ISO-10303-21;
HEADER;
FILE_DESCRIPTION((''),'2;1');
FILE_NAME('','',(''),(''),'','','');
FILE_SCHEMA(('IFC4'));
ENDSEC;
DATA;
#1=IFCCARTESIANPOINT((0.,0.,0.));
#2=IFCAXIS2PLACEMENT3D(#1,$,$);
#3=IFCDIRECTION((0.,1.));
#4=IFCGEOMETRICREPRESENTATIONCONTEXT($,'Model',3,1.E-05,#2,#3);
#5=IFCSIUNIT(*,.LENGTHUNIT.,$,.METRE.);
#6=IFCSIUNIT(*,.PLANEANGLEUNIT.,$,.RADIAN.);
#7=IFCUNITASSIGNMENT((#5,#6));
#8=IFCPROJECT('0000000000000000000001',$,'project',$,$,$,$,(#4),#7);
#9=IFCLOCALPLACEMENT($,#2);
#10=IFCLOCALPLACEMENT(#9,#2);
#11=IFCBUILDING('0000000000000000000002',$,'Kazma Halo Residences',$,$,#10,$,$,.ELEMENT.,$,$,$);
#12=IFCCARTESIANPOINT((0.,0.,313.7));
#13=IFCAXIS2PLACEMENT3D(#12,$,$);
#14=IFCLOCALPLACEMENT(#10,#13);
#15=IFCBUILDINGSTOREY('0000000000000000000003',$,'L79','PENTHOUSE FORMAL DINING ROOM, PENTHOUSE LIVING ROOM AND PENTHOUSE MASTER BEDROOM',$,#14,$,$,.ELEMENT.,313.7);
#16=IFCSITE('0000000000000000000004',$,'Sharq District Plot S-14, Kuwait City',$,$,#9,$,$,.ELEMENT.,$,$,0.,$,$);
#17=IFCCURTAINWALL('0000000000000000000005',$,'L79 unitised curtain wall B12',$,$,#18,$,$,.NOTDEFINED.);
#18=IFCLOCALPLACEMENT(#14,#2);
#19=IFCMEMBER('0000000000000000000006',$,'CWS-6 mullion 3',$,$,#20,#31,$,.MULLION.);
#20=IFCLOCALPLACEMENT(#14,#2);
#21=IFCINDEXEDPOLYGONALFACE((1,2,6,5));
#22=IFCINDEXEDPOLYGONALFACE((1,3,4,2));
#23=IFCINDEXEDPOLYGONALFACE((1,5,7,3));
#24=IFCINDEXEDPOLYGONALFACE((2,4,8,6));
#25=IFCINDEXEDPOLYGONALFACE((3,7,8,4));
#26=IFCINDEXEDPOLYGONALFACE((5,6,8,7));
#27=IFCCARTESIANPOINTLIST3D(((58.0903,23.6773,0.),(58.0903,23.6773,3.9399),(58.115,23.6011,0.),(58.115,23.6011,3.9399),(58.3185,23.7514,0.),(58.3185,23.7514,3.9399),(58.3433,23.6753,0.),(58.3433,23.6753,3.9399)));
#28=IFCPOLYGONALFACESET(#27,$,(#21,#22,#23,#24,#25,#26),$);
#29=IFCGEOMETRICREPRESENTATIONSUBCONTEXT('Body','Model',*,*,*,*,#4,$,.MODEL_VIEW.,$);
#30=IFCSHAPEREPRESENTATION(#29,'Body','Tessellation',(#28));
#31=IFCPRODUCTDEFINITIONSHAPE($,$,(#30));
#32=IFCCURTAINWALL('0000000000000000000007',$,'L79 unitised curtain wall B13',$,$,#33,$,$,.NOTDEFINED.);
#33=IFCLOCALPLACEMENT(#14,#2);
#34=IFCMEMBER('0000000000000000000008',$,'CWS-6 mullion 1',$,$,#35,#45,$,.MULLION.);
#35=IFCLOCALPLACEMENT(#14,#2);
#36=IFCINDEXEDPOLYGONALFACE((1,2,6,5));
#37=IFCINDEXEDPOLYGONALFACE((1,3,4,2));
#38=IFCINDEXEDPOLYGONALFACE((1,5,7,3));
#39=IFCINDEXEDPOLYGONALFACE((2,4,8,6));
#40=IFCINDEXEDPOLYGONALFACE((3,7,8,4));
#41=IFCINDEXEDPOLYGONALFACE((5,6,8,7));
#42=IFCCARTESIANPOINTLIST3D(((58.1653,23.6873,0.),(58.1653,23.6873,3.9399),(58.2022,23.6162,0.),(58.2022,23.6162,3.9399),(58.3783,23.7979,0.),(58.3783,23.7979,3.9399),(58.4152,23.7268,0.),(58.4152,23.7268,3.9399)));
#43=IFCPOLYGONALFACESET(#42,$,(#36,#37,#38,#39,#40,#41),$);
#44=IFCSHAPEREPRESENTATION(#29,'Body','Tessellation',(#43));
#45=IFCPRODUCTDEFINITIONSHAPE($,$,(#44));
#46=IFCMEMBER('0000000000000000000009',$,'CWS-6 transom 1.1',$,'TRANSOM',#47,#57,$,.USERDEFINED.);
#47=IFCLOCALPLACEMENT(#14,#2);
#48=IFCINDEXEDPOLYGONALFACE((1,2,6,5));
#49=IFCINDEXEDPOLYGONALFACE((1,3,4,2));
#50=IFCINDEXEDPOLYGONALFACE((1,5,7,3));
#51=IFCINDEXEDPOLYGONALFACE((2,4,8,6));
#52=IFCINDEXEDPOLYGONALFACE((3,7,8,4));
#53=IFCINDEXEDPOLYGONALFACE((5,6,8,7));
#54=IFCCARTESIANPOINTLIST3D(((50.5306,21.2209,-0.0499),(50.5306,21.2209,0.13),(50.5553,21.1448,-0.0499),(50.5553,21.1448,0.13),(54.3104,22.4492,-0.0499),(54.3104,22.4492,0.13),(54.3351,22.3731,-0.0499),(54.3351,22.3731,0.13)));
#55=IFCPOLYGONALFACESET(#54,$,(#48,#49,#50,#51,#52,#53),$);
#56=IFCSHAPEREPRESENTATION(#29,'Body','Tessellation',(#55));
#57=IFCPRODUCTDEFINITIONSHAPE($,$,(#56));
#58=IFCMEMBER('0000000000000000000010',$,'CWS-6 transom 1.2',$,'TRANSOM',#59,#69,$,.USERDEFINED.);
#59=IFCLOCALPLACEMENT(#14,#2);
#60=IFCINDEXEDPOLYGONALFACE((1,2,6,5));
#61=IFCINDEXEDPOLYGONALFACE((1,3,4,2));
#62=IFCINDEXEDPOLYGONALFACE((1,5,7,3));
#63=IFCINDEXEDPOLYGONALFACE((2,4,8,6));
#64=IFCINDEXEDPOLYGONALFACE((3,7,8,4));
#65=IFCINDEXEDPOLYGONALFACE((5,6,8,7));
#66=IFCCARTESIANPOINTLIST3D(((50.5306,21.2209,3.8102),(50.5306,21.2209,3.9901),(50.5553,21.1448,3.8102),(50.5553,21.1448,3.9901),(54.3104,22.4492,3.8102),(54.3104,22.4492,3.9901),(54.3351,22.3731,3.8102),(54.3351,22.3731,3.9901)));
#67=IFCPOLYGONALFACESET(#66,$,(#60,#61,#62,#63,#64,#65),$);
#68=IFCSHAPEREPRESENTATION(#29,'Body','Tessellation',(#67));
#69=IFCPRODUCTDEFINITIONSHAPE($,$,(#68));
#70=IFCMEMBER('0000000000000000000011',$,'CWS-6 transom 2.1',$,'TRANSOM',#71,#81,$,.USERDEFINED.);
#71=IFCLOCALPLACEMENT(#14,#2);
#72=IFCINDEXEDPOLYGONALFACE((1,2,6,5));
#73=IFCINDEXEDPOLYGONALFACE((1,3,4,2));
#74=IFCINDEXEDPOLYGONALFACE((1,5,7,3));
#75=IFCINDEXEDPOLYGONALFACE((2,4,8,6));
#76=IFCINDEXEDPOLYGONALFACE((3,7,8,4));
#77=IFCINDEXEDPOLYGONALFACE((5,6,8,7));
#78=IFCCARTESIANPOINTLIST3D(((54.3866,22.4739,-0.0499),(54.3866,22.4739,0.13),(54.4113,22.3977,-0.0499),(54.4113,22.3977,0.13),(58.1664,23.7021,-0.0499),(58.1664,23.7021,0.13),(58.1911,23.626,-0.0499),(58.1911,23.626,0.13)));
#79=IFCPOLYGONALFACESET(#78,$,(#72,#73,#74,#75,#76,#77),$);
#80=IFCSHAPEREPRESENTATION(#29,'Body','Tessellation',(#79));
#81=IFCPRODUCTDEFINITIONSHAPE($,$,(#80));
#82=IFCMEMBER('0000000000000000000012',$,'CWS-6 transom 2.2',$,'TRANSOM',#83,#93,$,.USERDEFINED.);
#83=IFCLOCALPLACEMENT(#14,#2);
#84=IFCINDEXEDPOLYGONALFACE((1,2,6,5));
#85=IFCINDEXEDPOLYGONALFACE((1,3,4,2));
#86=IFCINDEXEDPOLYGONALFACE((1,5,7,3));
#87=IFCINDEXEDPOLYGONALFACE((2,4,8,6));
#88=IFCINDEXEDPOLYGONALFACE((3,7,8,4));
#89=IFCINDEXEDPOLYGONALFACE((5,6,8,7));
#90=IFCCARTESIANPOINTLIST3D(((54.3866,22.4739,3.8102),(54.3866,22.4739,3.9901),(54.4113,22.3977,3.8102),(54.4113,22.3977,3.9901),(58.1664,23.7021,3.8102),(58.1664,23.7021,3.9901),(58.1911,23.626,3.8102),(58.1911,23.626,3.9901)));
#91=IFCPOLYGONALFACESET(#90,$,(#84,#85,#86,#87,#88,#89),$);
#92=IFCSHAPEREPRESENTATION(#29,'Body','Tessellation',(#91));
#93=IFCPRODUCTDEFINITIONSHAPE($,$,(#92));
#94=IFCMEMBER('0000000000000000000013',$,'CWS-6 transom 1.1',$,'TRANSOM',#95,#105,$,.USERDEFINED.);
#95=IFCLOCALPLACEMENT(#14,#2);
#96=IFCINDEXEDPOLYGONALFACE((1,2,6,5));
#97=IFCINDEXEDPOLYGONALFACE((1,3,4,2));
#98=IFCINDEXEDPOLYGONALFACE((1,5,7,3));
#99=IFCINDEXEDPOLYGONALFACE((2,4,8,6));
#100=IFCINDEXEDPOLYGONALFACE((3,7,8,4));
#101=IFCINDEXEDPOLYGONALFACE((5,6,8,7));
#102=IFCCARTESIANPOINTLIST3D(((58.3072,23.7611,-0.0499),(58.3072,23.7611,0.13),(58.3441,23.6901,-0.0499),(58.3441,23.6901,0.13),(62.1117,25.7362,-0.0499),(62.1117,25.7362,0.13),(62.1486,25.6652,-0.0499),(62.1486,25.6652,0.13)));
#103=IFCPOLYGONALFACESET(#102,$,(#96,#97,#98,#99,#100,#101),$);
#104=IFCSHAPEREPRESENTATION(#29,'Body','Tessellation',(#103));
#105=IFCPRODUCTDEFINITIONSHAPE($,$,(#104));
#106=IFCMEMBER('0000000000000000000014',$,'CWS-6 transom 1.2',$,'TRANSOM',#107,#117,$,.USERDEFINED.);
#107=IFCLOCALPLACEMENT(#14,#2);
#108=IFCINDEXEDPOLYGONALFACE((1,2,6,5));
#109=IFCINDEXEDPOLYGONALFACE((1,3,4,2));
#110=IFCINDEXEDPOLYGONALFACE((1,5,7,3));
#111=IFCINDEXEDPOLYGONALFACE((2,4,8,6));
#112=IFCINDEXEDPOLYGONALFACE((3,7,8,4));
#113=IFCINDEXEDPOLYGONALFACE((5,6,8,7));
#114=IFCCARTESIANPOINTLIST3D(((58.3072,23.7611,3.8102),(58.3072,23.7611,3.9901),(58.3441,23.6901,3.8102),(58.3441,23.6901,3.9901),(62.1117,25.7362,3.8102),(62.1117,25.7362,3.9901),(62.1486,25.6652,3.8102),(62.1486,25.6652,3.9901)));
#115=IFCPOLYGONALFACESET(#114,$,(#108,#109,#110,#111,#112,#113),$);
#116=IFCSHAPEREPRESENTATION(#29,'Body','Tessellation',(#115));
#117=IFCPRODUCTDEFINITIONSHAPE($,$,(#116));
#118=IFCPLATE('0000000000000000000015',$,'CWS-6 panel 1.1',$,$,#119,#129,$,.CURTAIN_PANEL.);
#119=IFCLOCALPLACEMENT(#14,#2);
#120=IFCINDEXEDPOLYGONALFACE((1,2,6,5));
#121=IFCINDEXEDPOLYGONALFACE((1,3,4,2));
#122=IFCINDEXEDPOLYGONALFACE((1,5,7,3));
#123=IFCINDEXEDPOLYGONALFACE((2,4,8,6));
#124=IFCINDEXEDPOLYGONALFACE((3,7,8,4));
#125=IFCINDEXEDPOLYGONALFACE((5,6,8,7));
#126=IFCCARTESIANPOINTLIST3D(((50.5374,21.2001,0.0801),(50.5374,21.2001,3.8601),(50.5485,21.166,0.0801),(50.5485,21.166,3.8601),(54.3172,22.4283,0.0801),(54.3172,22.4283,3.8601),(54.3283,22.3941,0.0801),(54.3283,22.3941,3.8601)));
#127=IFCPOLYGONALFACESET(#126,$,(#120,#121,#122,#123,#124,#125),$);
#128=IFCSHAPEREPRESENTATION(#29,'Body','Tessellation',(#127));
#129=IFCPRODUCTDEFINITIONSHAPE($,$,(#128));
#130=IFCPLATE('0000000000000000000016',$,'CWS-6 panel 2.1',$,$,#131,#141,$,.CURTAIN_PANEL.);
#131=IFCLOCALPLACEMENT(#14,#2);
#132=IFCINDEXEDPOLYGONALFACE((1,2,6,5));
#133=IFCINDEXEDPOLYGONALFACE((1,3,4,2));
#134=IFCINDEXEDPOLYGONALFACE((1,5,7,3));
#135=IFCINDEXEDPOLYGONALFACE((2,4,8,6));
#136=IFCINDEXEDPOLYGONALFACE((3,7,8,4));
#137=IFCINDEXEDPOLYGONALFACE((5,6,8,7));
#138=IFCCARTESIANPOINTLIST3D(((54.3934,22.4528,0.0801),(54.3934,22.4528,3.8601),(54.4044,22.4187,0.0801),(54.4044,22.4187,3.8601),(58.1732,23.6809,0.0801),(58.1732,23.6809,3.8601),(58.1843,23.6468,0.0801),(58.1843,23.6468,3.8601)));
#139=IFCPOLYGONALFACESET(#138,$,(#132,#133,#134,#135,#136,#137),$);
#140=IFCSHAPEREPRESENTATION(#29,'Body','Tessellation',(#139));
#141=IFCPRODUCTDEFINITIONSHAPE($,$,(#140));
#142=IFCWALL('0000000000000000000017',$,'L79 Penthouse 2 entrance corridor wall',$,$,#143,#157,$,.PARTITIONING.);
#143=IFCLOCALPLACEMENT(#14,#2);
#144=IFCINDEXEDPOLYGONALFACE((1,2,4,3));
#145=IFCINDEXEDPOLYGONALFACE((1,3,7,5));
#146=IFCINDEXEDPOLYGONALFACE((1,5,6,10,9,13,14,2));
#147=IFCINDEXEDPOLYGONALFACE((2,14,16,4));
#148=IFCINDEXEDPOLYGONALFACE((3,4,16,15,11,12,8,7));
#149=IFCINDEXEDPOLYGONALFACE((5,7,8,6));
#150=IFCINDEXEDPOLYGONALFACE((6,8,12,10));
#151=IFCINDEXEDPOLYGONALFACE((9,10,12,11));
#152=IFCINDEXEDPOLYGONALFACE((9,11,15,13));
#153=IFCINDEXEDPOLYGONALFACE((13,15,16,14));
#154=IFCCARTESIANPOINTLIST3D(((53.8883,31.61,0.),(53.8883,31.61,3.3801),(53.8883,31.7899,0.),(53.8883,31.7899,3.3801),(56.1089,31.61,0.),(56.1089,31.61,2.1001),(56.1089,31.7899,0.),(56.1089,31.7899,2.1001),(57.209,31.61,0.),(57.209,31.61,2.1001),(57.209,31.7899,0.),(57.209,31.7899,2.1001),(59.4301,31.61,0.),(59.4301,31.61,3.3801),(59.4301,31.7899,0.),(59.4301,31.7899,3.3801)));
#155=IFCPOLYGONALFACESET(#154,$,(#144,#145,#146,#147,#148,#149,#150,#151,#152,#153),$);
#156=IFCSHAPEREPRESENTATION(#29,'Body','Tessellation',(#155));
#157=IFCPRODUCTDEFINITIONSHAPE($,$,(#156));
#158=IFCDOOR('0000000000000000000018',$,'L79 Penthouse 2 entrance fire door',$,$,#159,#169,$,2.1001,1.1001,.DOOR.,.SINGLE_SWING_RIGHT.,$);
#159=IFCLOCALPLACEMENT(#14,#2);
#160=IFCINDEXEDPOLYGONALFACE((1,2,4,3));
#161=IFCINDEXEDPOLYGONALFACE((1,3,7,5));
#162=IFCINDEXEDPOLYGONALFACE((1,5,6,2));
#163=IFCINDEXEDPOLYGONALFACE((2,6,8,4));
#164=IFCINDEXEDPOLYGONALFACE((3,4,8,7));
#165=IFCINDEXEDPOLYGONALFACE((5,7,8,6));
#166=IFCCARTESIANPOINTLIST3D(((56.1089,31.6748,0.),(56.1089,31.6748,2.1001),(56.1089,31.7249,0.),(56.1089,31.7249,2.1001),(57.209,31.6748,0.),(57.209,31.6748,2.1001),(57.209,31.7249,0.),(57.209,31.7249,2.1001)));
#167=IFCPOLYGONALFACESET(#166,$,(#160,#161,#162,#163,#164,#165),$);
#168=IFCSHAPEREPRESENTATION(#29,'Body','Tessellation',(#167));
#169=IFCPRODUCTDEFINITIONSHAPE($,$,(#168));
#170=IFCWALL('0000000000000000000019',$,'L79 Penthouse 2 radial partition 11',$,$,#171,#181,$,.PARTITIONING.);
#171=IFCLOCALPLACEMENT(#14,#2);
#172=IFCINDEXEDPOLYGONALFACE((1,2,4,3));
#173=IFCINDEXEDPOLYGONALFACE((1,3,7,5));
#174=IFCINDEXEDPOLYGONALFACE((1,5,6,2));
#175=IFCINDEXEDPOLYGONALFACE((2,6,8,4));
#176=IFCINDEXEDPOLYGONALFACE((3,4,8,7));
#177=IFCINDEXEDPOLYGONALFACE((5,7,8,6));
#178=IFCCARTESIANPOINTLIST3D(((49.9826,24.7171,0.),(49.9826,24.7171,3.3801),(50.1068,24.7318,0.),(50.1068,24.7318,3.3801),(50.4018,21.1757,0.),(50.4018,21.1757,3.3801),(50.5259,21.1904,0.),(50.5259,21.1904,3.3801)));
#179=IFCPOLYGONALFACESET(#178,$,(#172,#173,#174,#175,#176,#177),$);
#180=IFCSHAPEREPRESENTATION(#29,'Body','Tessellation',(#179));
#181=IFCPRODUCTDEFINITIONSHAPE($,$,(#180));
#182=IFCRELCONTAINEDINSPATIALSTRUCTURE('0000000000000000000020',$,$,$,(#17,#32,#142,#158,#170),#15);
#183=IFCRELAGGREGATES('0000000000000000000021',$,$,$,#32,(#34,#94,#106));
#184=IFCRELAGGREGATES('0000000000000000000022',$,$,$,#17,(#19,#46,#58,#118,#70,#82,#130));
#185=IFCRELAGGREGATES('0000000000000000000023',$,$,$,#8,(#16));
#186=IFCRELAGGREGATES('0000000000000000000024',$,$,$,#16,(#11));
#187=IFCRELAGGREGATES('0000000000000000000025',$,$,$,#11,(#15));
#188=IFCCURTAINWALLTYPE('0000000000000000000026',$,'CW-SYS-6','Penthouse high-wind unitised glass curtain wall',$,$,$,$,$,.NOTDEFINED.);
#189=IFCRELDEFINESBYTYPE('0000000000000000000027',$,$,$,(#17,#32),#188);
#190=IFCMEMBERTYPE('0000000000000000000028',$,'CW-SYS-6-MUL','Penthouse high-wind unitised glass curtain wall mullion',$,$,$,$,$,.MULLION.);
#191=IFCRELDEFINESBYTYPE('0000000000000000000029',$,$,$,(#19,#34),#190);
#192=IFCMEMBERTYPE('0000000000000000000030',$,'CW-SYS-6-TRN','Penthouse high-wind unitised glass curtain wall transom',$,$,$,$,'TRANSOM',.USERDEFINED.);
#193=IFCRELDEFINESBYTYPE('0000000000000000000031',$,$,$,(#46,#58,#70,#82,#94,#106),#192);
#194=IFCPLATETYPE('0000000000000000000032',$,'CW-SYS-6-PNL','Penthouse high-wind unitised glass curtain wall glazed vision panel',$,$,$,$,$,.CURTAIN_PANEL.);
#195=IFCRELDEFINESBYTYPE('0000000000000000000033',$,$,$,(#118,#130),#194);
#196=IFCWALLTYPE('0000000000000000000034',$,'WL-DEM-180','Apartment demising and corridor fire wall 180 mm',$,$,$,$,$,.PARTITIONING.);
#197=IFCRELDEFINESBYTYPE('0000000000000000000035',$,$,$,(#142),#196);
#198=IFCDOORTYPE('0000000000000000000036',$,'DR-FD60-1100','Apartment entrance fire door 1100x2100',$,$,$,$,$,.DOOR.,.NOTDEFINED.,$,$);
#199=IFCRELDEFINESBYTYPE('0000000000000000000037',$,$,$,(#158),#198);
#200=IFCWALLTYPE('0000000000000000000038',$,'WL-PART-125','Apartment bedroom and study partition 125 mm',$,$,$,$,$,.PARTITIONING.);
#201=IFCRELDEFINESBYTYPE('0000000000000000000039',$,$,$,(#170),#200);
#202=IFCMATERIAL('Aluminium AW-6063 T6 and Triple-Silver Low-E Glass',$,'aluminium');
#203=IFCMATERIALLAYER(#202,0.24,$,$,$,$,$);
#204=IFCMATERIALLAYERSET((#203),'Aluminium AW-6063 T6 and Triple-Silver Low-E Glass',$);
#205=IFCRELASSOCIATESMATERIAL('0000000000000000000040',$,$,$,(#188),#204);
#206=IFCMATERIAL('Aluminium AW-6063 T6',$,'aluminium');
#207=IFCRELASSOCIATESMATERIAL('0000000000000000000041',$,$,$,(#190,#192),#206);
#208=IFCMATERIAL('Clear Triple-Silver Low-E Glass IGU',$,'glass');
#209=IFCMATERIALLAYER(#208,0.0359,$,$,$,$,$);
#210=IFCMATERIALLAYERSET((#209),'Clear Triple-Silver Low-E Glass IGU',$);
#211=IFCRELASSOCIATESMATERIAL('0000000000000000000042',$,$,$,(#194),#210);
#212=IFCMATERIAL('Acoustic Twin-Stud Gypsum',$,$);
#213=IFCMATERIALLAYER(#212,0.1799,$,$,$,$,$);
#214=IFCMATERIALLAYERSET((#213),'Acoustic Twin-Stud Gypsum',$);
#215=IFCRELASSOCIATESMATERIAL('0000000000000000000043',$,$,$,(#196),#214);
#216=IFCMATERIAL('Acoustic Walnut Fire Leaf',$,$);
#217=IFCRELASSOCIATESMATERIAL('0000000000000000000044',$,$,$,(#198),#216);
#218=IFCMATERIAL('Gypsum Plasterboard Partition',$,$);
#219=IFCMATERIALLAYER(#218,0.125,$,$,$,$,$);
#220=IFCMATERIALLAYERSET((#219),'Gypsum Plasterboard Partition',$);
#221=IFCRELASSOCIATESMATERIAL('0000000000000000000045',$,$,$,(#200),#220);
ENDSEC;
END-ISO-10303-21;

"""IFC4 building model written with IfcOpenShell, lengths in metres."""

from ifc_helpers import new_model, si_unit, direction, frame, frame_2d, origin, origin_2d, place, context, subcontext, project, spatial, rectangle, extrude, material, layer, layer_set, material_profile, profile_set, type_object, element, fill, aggregate, save


model = new_model("IFC4")

# Units and contexts
model_context = context("Model", 3, precision=1e-05, world=origin(), true_north=direction((0.0, 1.0)))
body_context = subcontext(model_context, "Body", "Model", "MODEL_VIEW")
ifc_project = project(units=[si_unit("LENGTHUNIT", "METRE"), si_unit("PLANEANGLEUNIT", "RADIAN")], contexts=[model_context])

# Site, building, storey
site_placement = place(None, origin())
site = spatial("IfcSite", under=ifc_project, at=site_placement, Name="Sharq District Plot S-14, Kuwait City", CompositionType="ELEMENT", RefElevation=0.0)
building_placement = place(site_placement, origin())
building = spatial("IfcBuilding", under=site, at=building_placement, Name="Kazma Halo Residences", CompositionType="ELEMENT")
storey_placement = place(building_placement, frame((0.0, 0.0, 313.7)))
storey = spatial("IfcBuildingStorey", under=building, at=storey_placement, Name="L79", Description="PENTHOUSE FORMAL DINING ROOM, PENTHOUSE LIVING ROOM AND PENTHOUSE MASTER BEDROOM", CompositionType="ELEMENT", Elevation=313.7)

# Shared definitions
ifc_material_1 = material(Name="Aluminium AW-6063 T6 and Triple-Silver Low-E Glass", Category="aluminium")
ifc_layer_1 = layer(ifc_material_1, 0.24)
ifc_layer_set_1 = layer_set([ifc_layer_1], Name="Aluminium AW-6063 T6 and Triple-Silver Low-E Glass")
curtain_wall_type = type_object("IfcCurtainWallType", Name="CW-SYS-6", Description="Penthouse high-wind unitised glass curtain wall", PredefinedType="NOTDEFINED", material=ifc_layer_set_1)
ifc_material_2 = material(Name="Aluminium AW-6063 T6", Category="aluminium")
ifc_material_profile_1 = material_profile(ifc_material_2, rectangle(XDim=0.0801, YDim=0.24, at=origin_2d()), Name="CWM-80x240")
ifc_profile_set_1 = profile_set([ifc_material_profile_1], Name="Aluminium AW-6063 T6")
member_type_1 = type_object("IfcMemberType", Name="CW-SYS-6-MUL", Description="Penthouse high-wind unitised glass curtain wall mullion", PredefinedType="MULLION", material=ifc_profile_set_1)

# Curtain wall, member
curtain_wall_1_placement = place(storey_placement, origin())
curtain_wall_1 = element("IfcCurtainWall", 1, at=curtain_wall_1_placement, inside=storey, type_object=curtain_wall_type, Name="L79 unitised curtain wall B12", PredefinedType="NOTDEFINED")
member_1_placement = place(storey_placement, frame((58.2168, 23.6763, 0.0), z_axis=(0.0, 0.0, 1.0), x_axis=(-0.30902, 0.951056, 0.0)))
member_1 = element("IfcMember", 2, at=member_1_placement, type_object=member_type_1, Name="CWS-6 mullion 3", PredefinedType="MULLION", context=body_context, shape_type="SweptSolid", body=[
    extrude(rectangle(XDim=0.0801, YDim=0.24, at=origin_2d()), origin(), (0.0, 0.0, 1.0), 3.9399),
])

# Curtain wall, member
curtain_wall_2_placement = place(storey_placement, origin())
curtain_wall_2 = element("IfcCurtainWall", 3, at=curtain_wall_2_placement, inside=storey, type_object=curtain_wall_type, Name="L79 unitised curtain wall B13", PredefinedType="NOTDEFINED")
member_2_placement = place(storey_placement, frame((58.2903, 23.707, 0.0), z_axis=(0.0, 0.0, 1.0), x_axis=(-0.460796, 0.887506, 0.0)))
member_2 = element("IfcMember", 4, at=member_2_placement, type_object=member_type_1, Name="CWS-6 mullion 1", PredefinedType="MULLION", context=body_context, shape_type="SweptSolid", body=[
    extrude(rectangle(XDim=0.0801, YDim=0.24, at=origin_2d()), origin(), (0.0, 0.0, 1.0), 3.9399),
])

# Members
ifc_material_profile_2 = material_profile(ifc_material_2, rectangle(XDim=0.0801, YDim=0.1799, at=origin_2d()), Name="CWT-80x180")
ifc_profile_set_2 = profile_set([ifc_material_profile_2], Name="Aluminium AW-6063 T6")
member_type_2 = type_object("IfcMemberType", Name="CW-SYS-6-TRN", Description="Penthouse high-wind unitised glass curtain wall transom", ElementType="TRANSOM", PredefinedType="USERDEFINED", material=ifc_profile_set_2)
member_3_placement = place(storey_placement, frame((50.543, 21.1829, 0.04), z_axis=(0.951046, 0.30905, 0.0), x_axis=(-0.30905, 0.951046, 0.0)))
member_3 = element("IfcMember", 5, at=member_3_placement, type_object=member_type_2, Name="CWS-6 transom 1.1", ObjectType="TRANSOM", PredefinedType="USERDEFINED", context=body_context, shape_type="SweptSolid", body=[
    extrude(rectangle(XDim=0.0801, YDim=0.1799, at=origin_2d()), origin(), (0.0, 0.0, 1.0), 3.9744),
])
member_4_placement = place(storey_placement, frame((50.543, 21.1829, 3.9001), z_axis=(0.951046, 0.30905, 0.0), x_axis=(-0.30905, 0.951046, 0.0)))
member_4 = element("IfcMember", 6, at=member_4_placement, type_object=member_type_2, Name="CWS-6 transom 1.2", ObjectType="TRANSOM", PredefinedType="USERDEFINED", context=body_context, shape_type="SweptSolid", body=[
    extrude(rectangle(XDim=0.0801, YDim=0.1799, at=origin_2d()), origin(), (0.0, 0.0, 1.0), 3.9744),
])
member_5_placement = place(storey_placement, frame((54.3989, 22.4358, 0.04), z_axis=(0.951046, 0.30905, 0.0), x_axis=(-0.30905, 0.951046, 0.0)))
member_5 = element("IfcMember", 7, at=member_5_placement, type_object=member_type_2, Name="CWS-6 transom 2.1", ObjectType="TRANSOM", PredefinedType="USERDEFINED", context=body_context, shape_type="SweptSolid", body=[
    extrude(rectangle(XDim=0.0801, YDim=0.1799, at=origin_2d()), origin(), (0.0, 0.0, 1.0), 3.9744),
])
member_6_placement = place(storey_placement, frame((54.3989, 22.4358, 3.9001), z_axis=(0.951046, 0.30905, 0.0), x_axis=(-0.30905, 0.951046, 0.0)))
member_6 = element("IfcMember", 8, at=member_6_placement, type_object=member_type_2, Name="CWS-6 transom 2.2", ObjectType="TRANSOM", PredefinedType="USERDEFINED", context=body_context, shape_type="SweptSolid", body=[
    extrude(rectangle(XDim=0.0801, YDim=0.1799, at=origin_2d()), origin(), (0.0, 0.0, 1.0), 3.9744),
])
member_7_placement = place(storey_placement, frame((58.3257, 23.7256, 0.04), z_axis=(0.887523, 0.460763, 0.0), x_axis=(-0.460763, 0.887523, 0.0)))
member_7 = element("IfcMember", 9, at=member_7_placement, type_object=member_type_2, Name="CWS-6 transom 1.1", ObjectType="TRANSOM", PredefinedType="USERDEFINED", context=body_context, shape_type="SweptSolid", body=[
    extrude(rectangle(XDim=0.0801, YDim=0.1799, at=origin_2d()), origin(), (0.0, 0.0, 1.0), 4.2866),
])
member_8_placement = place(storey_placement, frame((58.3257, 23.7256, 3.9001), z_axis=(0.887523, 0.460763, 0.0), x_axis=(-0.460763, 0.887523, 0.0)))
member_8 = element("IfcMember", 10, at=member_8_placement, type_object=member_type_2, Name="CWS-6 transom 1.2", ObjectType="TRANSOM", PredefinedType="USERDEFINED", context=body_context, shape_type="SweptSolid", body=[
    extrude(rectangle(XDim=0.0801, YDim=0.1799, at=origin_2d()), origin(), (0.0, 0.0, 1.0), 4.2866),
])
aggregate(curtain_wall_2, [member_2, member_7, member_8])

# Plates
ifc_material_3 = material(Name="Clear Triple-Silver Low-E Glass IGU", Category="glass")
ifc_layer_2 = layer(ifc_material_3, 0.0359)
ifc_layer_set_2 = layer_set([ifc_layer_2], Name="Clear Triple-Silver Low-E Glass IGU")
plate_type = type_object("IfcPlateType", Name="CW-SYS-6-PNL", Description="Penthouse high-wind unitised glass curtain wall glazed vision panel", PredefinedType="CURTAIN_PANEL", material=ifc_layer_set_2)
plate_1_placement = place(storey_placement, frame((52.4329, 21.7971, 0.0801), z_axis=(0.0, 0.0, 1.0), x_axis=(0.951056, 0.30902, 0.0)))
plate_1 = element("IfcPlate", 11, at=plate_1_placement, type_object=plate_type, Name="CWS-6 panel 1.1", PredefinedType="CURTAIN_PANEL", context=body_context, shape_type="SweptSolid", body=[
    extrude(rectangle(XDim=3.9744, YDim=0.0359, at=origin_2d()), origin(), (0.0, 0.0, 1.0), 3.78),
])
plate_2_placement = place(storey_placement, frame((56.2888, 23.0498, 0.0801), z_axis=(0.0, 0.0, 1.0), x_axis=(0.951056, 0.30902, 0.0)))
plate_2 = element("IfcPlate", 12, at=plate_2_placement, type_object=plate_type, Name="CWS-6 panel 2.1", PredefinedType="CURTAIN_PANEL", context=body_context, shape_type="SweptSolid", body=[
    extrude(rectangle(XDim=3.9744, YDim=0.0359, at=origin_2d()), origin(), (0.0, 0.0, 1.0), 3.78),
])
aggregate(curtain_wall_1, [member_1, member_3, member_4, plate_1, member_5, member_6, plate_2])

# Wall, opening, door
ifc_material_4 = material(Name="Acoustic Twin-Stud Gypsum")
ifc_layer_3 = layer(ifc_material_4, 0.1799)
ifc_layer_set_3 = layer_set([ifc_layer_3], Name="Acoustic Twin-Stud Gypsum")
wall_type_1 = type_object("IfcWallType", Name="WL-DEM-180", Description="Apartment demising and corridor fire wall 180 mm", PredefinedType="PARTITIONING", material=ifc_layer_set_3)
wall_1_placement = place(storey_placement, frame((53.8882, 31.7, 0.0), z_axis=(0.0, 0.0, 1.0), x_axis=(1.0, 0.0, 0.0)))
wall_1 = element("IfcWall", 13, at=wall_1_placement, inside=storey, type_object=wall_type_1, Name="L79 Penthouse 2 entrance corridor wall", PredefinedType="PARTITIONING", context=body_context, shape_type="SweptSolid", body=[
    extrude(rectangle(XDim=5.5417, YDim=0.1799, at=frame_2d((2.771, 0.0))), origin(), (0.0, 0.0, 1.0), 3.3801),
])
opening_1_placement = place(wall_1_placement, frame((2.2207, 0.0, 0.0)))
opening_1 = element("IfcOpeningElement", 14, at=opening_1_placement, cuts=wall_1, PredefinedType="OPENING", context=body_context, shape_type="SweptSolid", body=[
    extrude(rectangle(XDim=1.1001, YDim=2.1001, at=frame_2d((0.55, 1.05))), frame((0.0, 0.0999, 0.0), z_axis=(0.0, -1.0, 0.0), x_axis=(1.0, 0.0, 0.0)), (0.0, 0.0, 1.0), 0.2),
])
ifc_material_5 = material(Name="Acoustic Walnut Fire Leaf")
door_type_1 = type_object("IfcDoorType", Name="DR-FD60-1100", Description="Apartment entrance fire door 1100x2100", OperationType="NOTDEFINED", PredefinedType="DOOR", material=ifc_material_5)
door_1_placement = place(opening_1_placement, origin())
door_1 = element("IfcDoor", 15, at=door_1_placement, inside=storey, type_object=door_type_1, Name="L79 Penthouse 2 entrance fire door", OperationType="SINGLE_SWING_RIGHT", OverallHeight=2.1001, OverallWidth=1.1001, PredefinedType="DOOR", context=body_context, shape_type="SweptSolid", body=[
    extrude(rectangle(XDim=1.1001, YDim=2.1001, at=frame_2d((0.55, 1.05))), frame((0.0, 0.0249, 0.0), z_axis=(0.0, -1.0, 0.0), x_axis=(1.0, 0.0, 0.0)), (0.0, 0.0, 1.0), 0.05),
])
fill(opening_1, door_1)

# Wall
ifc_material_6 = material(Name="Gypsum Plasterboard Partition")
ifc_layer_4 = layer(ifc_material_6, 0.125)
ifc_layer_set_4 = layer_set([ifc_layer_4], Name="Gypsum Plasterboard Partition")
wall_type_2 = type_object("IfcWallType", Name="WL-PART-125", Description="Apartment bedroom and study partition 125 mm", PredefinedType="PARTITIONING", material=ifc_layer_set_4)
wall_2_placement = place(storey_placement, frame((50.0447, 24.7246, 0.0), z_axis=(0.0, 0.0, 1.0), x_axis=(0.117544, -0.993068, 0.0)))
element("IfcWall", 16, at=wall_2_placement, inside=storey, type_object=wall_type_2, Name="L79 Penthouse 2 radial partition 11", PredefinedType="PARTITIONING", context=body_context, shape_type="SweptSolid", body=[
    extrude(rectangle(XDim=3.5662, YDim=0.125, at=frame_2d((1.7832, 0.0))), origin(), (0.0, 0.0, 1.0), 3.3801),
])

save(model, "model.ifc")
